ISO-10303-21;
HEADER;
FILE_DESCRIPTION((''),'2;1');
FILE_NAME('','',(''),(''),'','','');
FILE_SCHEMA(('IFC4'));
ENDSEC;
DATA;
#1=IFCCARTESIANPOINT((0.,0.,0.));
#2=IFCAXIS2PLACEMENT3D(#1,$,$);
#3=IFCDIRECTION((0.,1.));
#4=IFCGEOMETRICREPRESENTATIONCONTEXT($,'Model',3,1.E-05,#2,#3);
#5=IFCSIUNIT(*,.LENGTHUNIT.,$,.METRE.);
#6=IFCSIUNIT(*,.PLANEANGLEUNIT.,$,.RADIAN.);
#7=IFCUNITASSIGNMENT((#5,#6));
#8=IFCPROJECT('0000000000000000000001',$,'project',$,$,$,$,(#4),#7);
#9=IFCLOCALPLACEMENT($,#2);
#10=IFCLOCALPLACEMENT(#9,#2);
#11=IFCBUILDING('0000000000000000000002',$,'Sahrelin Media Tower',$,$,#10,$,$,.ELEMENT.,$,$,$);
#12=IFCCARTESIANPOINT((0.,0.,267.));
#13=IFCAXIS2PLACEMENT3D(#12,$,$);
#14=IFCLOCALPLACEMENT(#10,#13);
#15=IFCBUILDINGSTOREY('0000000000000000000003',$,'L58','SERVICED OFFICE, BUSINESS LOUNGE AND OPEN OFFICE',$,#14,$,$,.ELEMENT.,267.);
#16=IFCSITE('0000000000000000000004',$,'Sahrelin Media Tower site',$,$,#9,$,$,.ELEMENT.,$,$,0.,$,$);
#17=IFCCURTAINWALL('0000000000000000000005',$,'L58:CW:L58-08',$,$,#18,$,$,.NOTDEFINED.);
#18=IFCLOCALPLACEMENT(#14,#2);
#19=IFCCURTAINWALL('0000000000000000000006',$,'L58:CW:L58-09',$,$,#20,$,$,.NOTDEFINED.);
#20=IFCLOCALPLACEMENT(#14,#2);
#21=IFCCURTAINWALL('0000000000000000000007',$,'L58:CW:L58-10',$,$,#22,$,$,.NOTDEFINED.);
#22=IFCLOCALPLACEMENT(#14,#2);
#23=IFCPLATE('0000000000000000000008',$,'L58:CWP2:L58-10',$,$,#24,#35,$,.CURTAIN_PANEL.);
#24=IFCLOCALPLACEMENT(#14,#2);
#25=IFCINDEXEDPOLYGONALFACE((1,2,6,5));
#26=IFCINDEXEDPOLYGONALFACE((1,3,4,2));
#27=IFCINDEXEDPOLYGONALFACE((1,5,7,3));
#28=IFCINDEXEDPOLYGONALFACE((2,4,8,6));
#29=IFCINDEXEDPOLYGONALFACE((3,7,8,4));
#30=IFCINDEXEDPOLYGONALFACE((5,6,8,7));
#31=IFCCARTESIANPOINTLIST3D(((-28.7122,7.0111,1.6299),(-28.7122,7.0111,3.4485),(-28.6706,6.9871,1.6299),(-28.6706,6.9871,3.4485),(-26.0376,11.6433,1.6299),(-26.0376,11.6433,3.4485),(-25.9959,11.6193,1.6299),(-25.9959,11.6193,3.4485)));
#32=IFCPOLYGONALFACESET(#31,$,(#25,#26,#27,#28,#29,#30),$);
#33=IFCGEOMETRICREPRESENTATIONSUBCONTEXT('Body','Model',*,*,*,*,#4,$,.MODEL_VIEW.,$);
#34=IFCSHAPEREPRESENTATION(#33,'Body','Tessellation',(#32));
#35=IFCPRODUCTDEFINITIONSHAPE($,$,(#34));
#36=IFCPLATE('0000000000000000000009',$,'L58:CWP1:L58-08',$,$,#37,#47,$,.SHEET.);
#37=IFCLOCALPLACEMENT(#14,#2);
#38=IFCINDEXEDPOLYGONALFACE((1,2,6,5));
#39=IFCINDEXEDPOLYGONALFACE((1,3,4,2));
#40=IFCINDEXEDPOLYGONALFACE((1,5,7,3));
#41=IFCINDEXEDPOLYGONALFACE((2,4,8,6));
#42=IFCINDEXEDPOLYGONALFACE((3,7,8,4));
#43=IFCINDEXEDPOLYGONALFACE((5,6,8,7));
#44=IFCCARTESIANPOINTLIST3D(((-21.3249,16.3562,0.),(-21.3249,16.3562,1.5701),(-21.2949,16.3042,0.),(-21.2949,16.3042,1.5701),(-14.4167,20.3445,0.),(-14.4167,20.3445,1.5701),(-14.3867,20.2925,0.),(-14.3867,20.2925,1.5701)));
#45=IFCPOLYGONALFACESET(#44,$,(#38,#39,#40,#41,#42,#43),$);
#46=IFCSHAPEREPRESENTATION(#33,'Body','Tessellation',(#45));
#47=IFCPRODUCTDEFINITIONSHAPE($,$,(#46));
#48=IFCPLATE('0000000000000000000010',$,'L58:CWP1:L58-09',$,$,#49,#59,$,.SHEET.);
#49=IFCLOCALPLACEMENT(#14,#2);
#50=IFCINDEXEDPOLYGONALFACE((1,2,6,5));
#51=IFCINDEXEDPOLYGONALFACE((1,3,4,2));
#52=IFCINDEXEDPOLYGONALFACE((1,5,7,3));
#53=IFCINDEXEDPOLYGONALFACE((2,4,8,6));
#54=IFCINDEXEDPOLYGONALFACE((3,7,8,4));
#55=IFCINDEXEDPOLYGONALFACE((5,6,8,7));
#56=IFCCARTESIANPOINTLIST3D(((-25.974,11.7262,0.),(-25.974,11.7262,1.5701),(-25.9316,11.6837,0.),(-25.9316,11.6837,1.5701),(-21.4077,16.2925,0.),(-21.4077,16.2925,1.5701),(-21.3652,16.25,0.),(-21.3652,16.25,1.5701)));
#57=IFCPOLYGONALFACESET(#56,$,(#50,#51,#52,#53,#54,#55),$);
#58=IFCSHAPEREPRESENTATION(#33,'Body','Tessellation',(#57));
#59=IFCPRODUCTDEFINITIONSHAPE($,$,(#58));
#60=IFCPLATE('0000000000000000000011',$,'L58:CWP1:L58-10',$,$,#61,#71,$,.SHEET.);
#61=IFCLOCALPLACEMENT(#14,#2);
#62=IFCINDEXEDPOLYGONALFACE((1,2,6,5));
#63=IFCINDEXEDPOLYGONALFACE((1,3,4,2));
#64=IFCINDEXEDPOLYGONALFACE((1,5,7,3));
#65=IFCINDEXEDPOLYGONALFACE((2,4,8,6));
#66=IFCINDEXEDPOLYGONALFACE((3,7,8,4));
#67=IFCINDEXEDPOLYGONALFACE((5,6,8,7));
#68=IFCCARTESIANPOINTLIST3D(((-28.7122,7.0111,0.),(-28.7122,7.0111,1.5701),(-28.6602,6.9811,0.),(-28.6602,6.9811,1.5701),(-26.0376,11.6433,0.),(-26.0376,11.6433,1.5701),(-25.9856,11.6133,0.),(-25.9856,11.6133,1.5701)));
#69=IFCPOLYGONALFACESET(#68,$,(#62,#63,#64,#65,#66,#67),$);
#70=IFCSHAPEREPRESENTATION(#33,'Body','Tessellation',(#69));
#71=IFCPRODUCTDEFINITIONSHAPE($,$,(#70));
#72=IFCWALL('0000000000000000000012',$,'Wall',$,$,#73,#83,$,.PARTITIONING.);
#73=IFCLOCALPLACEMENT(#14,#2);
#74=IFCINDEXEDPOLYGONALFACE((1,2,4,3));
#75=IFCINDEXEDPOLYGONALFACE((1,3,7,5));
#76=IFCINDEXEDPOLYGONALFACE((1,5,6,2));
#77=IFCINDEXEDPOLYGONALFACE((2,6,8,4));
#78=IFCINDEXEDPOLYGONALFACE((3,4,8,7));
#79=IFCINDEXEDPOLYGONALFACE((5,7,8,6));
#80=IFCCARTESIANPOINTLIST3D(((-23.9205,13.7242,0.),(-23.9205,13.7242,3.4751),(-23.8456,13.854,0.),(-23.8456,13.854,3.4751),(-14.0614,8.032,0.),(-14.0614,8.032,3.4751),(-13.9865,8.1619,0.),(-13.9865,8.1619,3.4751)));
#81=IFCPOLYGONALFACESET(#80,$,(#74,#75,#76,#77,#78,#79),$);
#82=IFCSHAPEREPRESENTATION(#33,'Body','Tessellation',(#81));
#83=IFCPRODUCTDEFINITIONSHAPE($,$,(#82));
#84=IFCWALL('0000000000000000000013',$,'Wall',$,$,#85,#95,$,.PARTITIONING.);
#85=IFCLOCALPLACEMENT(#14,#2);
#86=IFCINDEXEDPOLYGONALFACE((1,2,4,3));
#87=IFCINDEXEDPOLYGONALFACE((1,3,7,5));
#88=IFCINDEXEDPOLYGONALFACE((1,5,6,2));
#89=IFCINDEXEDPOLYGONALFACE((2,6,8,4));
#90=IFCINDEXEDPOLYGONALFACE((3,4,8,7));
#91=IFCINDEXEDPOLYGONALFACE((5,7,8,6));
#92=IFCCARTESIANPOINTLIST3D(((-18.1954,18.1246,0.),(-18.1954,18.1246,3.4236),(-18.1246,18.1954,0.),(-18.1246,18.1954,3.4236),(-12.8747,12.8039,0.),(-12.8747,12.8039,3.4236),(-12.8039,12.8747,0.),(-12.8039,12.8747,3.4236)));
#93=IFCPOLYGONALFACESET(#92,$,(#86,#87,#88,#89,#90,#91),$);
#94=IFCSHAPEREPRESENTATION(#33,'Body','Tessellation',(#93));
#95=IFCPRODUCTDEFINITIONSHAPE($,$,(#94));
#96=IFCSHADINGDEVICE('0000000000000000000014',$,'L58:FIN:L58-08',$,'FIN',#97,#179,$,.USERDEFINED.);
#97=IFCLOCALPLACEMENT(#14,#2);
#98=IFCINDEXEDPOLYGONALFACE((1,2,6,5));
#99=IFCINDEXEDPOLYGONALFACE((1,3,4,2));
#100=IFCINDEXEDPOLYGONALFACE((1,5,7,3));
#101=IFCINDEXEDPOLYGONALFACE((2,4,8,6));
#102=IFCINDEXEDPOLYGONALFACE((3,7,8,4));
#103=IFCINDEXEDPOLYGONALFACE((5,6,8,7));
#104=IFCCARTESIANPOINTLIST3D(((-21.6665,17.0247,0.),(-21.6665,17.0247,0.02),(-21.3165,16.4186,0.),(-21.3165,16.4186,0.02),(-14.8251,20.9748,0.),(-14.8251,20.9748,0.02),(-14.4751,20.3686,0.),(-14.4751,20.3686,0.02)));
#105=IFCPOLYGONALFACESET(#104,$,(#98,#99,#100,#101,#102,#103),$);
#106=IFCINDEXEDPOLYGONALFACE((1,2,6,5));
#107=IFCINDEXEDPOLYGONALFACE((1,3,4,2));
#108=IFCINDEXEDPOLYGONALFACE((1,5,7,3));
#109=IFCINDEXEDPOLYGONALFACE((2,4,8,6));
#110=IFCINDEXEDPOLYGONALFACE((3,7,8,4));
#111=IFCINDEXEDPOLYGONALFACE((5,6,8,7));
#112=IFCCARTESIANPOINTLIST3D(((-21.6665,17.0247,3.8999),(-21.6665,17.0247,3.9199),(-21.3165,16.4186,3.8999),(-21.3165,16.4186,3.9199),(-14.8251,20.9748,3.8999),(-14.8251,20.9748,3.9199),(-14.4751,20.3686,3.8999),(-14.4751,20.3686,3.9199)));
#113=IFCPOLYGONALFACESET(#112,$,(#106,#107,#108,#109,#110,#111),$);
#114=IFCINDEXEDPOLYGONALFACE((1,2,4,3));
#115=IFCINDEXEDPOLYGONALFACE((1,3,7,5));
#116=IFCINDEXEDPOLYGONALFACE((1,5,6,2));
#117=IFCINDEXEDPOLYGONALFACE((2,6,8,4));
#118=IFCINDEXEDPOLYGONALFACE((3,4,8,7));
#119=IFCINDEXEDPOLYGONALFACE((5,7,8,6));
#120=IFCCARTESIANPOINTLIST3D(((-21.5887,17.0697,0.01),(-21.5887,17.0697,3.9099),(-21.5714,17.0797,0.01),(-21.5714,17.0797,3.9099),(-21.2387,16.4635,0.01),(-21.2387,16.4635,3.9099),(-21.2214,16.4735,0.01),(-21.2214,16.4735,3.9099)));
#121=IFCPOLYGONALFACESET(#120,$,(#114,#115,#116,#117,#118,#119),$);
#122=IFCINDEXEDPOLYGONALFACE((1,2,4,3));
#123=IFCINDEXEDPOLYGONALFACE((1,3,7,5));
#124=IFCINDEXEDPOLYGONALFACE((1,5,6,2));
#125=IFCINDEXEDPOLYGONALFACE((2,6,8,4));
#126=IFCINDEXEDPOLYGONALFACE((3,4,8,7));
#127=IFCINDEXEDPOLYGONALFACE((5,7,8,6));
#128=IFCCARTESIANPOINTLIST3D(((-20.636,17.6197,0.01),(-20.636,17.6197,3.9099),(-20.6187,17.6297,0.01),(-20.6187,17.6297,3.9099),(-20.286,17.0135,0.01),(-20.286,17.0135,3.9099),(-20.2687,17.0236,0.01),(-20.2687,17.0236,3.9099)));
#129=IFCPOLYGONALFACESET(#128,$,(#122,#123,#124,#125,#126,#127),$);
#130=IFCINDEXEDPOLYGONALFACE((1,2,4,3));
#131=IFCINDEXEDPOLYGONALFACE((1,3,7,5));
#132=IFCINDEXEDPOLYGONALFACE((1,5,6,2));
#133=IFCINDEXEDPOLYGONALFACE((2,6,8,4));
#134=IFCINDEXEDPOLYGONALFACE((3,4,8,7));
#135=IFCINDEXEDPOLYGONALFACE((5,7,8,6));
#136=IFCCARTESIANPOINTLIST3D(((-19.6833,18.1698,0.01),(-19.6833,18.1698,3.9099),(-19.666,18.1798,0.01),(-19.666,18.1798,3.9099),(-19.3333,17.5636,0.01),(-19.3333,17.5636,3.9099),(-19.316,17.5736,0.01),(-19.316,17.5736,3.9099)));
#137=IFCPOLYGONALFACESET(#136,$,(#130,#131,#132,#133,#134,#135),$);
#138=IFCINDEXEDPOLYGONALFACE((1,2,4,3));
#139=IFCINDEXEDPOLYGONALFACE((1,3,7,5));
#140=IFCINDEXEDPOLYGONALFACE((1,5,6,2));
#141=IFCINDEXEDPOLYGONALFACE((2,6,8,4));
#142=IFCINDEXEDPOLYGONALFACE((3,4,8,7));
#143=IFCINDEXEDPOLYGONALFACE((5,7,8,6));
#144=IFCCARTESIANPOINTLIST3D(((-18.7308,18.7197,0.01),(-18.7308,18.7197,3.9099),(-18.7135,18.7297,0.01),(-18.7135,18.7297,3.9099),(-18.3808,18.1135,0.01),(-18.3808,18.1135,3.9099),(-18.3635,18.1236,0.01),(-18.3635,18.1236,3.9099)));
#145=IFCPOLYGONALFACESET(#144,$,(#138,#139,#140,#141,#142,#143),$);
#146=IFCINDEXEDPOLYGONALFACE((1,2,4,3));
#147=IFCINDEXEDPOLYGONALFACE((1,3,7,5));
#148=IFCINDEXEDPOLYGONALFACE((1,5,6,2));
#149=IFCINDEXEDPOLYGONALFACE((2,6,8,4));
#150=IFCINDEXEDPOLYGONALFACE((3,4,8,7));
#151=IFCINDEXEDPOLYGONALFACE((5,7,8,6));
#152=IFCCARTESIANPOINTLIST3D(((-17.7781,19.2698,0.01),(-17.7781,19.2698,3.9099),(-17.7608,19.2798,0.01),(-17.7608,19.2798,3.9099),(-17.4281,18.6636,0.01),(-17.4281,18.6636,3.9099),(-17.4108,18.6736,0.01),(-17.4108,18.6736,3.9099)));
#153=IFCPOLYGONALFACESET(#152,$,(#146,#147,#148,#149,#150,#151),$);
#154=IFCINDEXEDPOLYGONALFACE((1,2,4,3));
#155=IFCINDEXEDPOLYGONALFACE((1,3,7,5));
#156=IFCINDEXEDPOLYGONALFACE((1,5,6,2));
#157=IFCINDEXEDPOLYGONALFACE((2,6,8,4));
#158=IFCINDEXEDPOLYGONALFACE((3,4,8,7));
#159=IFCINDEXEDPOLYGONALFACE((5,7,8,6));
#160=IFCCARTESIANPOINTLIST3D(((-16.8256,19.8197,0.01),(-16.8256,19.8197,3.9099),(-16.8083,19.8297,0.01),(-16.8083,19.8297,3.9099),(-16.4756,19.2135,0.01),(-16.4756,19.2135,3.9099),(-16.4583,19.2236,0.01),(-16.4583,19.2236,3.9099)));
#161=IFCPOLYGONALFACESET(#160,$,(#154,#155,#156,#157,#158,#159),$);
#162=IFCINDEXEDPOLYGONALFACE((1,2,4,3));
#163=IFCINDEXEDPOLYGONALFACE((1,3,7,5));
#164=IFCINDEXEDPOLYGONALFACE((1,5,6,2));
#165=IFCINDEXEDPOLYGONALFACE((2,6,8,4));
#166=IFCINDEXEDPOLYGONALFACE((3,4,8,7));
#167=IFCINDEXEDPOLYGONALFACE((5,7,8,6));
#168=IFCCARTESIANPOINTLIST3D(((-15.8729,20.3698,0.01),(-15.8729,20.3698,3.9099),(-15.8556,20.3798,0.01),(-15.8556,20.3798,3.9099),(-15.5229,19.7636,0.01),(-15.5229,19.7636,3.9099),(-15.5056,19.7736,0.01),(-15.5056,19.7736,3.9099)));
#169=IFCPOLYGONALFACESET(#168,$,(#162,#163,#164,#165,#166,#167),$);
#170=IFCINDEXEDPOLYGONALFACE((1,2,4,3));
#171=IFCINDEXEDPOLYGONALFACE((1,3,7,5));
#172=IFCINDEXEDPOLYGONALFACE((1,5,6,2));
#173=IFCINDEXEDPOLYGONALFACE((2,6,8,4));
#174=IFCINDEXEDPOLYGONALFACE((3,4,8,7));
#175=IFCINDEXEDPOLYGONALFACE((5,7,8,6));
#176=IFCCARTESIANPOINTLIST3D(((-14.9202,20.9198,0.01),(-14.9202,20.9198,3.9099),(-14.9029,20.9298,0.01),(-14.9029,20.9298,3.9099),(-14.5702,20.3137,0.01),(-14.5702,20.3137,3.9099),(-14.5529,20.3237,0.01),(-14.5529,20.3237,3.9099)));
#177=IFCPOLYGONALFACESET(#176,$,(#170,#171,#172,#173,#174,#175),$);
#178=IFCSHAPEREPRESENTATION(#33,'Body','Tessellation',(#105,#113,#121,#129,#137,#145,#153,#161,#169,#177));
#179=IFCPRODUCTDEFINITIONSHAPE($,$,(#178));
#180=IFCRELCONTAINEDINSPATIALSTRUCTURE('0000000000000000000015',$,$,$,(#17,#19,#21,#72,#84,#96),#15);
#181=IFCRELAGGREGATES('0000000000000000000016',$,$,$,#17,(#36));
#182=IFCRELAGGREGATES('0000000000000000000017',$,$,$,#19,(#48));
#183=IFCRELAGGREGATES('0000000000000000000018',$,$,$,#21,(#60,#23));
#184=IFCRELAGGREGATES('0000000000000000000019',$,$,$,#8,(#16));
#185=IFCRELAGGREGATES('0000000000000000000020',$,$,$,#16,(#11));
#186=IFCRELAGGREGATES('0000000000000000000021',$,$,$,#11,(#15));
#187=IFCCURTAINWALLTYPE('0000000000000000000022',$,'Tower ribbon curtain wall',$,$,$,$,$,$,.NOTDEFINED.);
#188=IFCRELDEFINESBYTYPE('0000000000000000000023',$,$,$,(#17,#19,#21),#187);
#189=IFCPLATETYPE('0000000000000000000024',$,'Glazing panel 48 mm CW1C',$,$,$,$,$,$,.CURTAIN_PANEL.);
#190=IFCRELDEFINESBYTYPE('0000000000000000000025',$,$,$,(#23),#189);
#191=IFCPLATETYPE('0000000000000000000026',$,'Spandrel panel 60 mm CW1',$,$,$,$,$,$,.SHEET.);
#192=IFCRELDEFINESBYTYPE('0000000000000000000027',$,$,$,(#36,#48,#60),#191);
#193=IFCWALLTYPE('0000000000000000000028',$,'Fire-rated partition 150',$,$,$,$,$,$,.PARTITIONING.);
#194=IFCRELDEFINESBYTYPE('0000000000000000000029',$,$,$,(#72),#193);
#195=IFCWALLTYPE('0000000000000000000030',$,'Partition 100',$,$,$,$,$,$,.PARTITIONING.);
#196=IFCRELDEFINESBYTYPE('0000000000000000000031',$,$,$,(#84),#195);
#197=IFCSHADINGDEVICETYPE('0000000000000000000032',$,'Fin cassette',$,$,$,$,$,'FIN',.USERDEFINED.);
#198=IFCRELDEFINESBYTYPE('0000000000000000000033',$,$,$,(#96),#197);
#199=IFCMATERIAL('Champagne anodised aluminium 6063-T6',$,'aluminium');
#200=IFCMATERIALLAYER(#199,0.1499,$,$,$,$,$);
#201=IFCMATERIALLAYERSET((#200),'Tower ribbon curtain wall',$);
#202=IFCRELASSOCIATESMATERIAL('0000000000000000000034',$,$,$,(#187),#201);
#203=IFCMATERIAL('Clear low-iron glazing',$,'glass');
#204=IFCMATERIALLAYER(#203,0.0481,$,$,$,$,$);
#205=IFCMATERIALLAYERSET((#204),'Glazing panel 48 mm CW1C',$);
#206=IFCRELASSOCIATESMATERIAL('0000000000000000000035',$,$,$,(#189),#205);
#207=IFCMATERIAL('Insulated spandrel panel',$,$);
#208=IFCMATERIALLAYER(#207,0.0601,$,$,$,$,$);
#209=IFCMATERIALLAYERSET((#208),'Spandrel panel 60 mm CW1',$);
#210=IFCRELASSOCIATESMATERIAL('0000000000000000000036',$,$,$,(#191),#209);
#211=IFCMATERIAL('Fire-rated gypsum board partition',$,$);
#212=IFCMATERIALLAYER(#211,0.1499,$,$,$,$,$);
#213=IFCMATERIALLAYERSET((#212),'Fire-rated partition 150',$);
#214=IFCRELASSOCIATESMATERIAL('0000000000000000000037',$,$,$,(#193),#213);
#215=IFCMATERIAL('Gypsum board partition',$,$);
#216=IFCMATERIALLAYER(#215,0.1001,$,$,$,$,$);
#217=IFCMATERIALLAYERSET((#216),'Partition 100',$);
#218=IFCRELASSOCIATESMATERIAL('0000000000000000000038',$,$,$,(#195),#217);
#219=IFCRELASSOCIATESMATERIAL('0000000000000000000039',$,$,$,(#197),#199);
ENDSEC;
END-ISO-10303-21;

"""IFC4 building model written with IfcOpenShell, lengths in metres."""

from ifc_helpers import new_model, si_unit, direction, frame, frame_2d, origin, origin_2d, place, context, subcontext, project, spatial, polyline, rectangle, outline, extrude, material, layer, layer_set, type_object, element, aggregate, save


model = new_model("IFC4")

# Units and contexts
model_context = context("Model", 3, precision=1e-05, world=origin(), true_north=direction((0.0, 1.0)))
body_context = subcontext(model_context, "Body", "Model", "MODEL_VIEW")
ifc_project = project(units=[si_unit("LENGTHUNIT", "METRE"), si_unit("PLANEANGLEUNIT", "RADIAN")], contexts=[model_context])

# Site, building, storey
site_placement = place(None, origin())
site = spatial("IfcSite", under=ifc_project, at=site_placement, Name="Sahrelin Media Tower site", CompositionType="ELEMENT", RefElevation=0.0)
building_placement = place(site_placement, origin())
building = spatial("IfcBuilding", under=site, at=building_placement, Name="Sahrelin Media Tower", CompositionType="ELEMENT")
storey_placement = place(building_placement, frame((0.0, 0.0, 267.0)))
storey = spatial("IfcBuildingStorey", under=building, at=storey_placement, Name="L58", Description="SERVICED OFFICE, BUSINESS LOUNGE AND OPEN OFFICE", CompositionType="ELEMENT", Elevation=267.0)

# Curtain walls
ifc_material_1 = material(Name="Champagne anodised aluminium 6063-T6", Category="aluminium")
ifc_layer_1 = layer(ifc_material_1, 0.1499)
ifc_layer_set_1 = layer_set([ifc_layer_1], Name="Tower ribbon curtain wall")
curtain_wall_type = type_object("IfcCurtainWallType", Name="Tower ribbon curtain wall", PredefinedType="NOTDEFINED", material=ifc_layer_set_1)
curtain_wall_1_placement = place(storey_placement, frame((-17.8608, 18.333, 0.0), z_axis=(0.0, 0.0, 1.0), x_axis=(1.0, 0.0, 0.0)))
curtain_wall_1 = element("IfcCurtainWall", 1, at=curtain_wall_1_placement, inside=storey, type_object=curtain_wall_type, Name="L58:CW:L58-08", PredefinedType="NOTDEFINED")
curtain_wall_2_placement = place(storey_placement, frame((-23.6768, 13.9951, 0.0), z_axis=(0.0, 0.0, 1.0), x_axis=(1.0, 0.0, 0.0)))
curtain_wall_2 = element("IfcCurtainWall", 2, at=curtain_wall_2_placement, inside=storey, type_object=curtain_wall_type, Name="L58:CW:L58-09", PredefinedType="NOTDEFINED")

# Curtain wall
curtain_wall_3_placement = place(storey_placement, frame((-27.3577, 9.3171, 0.0), z_axis=(0.0, 0.0, 1.0), x_axis=(1.0, 0.0, 0.0)))
curtain_wall_3 = element("IfcCurtainWall", 3, at=curtain_wall_3_placement, inside=storey, type_object=curtain_wall_type, Name="L58:CW:L58-10", PredefinedType="NOTDEFINED")

# Plates
ifc_material_2 = material(Name="Clear low-iron glazing", Category="glass")
ifc_layer_2 = layer(ifc_material_2, 0.0481)
ifc_layer_set_2 = layer_set([ifc_layer_2], Name="Glazing panel 48 mm CW1C")
plate_type_1 = type_object("IfcPlateType", Name="Glazing panel 48 mm CW1C", PredefinedType="CURTAIN_PANEL", material=ifc_layer_set_2)
plate_1_placement = place(storey_placement, frame((-26.0376, 11.6433, 1.6299), z_axis=(-0.866007, 0.500032, 0.0), x_axis=(-0.500032, -0.866007, 0.0)))
plate_1 = element("IfcPlate", 4, at=plate_1_placement, type_object=plate_type_1, Name="L58:CWP2:L58-10", PredefinedType="CURTAIN_PANEL", context=body_context, shape_type="SweptSolid", body=[
    extrude(outline(polyline([(0.0, 0.0), (5.3489, 0.0), (5.3489, 1.8186), (0.0, 1.8186), (0.0, 0.0)])), origin(), (0.0, 0.0, -1.0), 0.0481),
])
ifc_material_3 = material(Name="Insulated spandrel panel")
ifc_layer_3 = layer(ifc_material_3, 0.0601)
ifc_layer_set_3 = layer_set([ifc_layer_3], Name="Spandrel panel 60 mm CW1")
plate_type_2 = type_object("IfcPlateType", Name="Spandrel panel 60 mm CW1", PredefinedType="SHEET", material=ifc_layer_set_3)
plate_2_placement = place(storey_placement, frame((-14.4167, 20.3445, 0.0), z_axis=(-0.499984, 0.866035, 0.0), x_axis=(-0.866035, -0.499984, 0.0)))
plate_2 = element("IfcPlate", 5, at=plate_2_placement, type_object=plate_type_2, Name="L58:CWP1:L58-08", PredefinedType="SHEET", context=body_context, shape_type="SweptSolid", body=[
    extrude(outline(polyline([(0.0, 0.0), (7.9768, 0.0), (7.9768, 1.5701), (0.0, 1.5701), (0.0, 0.0)])), origin(), (0.0, 0.0, -1.0), 0.0601),
])
aggregate(curtain_wall_1, [plate_2])
plate_3_placement = place(storey_placement, frame((-21.4077, 16.2925, 0.0), z_axis=(-0.707107, 0.707107, 0.0), x_axis=(-0.707107, -0.707107, 0.0)))
plate_3 = element("IfcPlate", 6, at=plate_3_placement, type_object=plate_type_2, Name="L58:CWP1:L58-09", PredefinedType="SHEET", context=body_context, shape_type="SweptSolid", body=[
    extrude(outline(polyline([(0.0, 0.0), (6.4578, 0.0), (6.4578, 1.5701), (0.0, 1.5701), (0.0, 0.0)])), origin(), (0.0, 0.0, -1.0), 0.0601),
])
aggregate(curtain_wall_2, [plate_3])
plate_4_placement = place(storey_placement, frame((-26.0376, 11.6433, 0.0), z_axis=(-0.866007, 0.500032, 0.0), x_axis=(-0.500032, -0.866007, 0.0)))
plate_4 = element("IfcPlate", 7, at=plate_4_placement, type_object=plate_type_2, Name="L58:CWP1:L58-10", PredefinedType="SHEET", context=body_context, shape_type="SweptSolid", body=[
    extrude(outline(polyline([(0.0, 0.0), (5.3489, 0.0), (5.3489, 1.5701), (0.0, 1.5701), (0.0, 0.0)])), origin(), (0.0, 0.0, -1.0), 0.0601),
])
aggregate(curtain_wall_3, [plate_4, plate_1])

# Walls
ifc_material_4 = material(Name="Fire-rated gypsum board partition")
ifc_layer_4 = layer(ifc_material_4, 0.1499)
ifc_layer_set_4 = layer_set([ifc_layer_4], Name="Fire-rated partition 150")
wall_type_1 = type_object("IfcWallType", Name="Fire-rated partition 150", PredefinedType="PARTITIONING", material=ifc_layer_set_4)
wall_1_placement = place(storey_placement, frame((-23.8831, 13.7891, 0.0), z_axis=(0.0, 0.0, 1.0), x_axis=(0.866027, -0.499998, 0.0)))
element("IfcWall", 8, at=wall_1_placement, inside=storey, type_object=wall_type_1, Name="Wall", PredefinedType="PARTITIONING", context=body_context, shape_type="SweptSolid", body=[
    extrude(rectangle(XDim=11.3843, YDim=0.1499, at=frame_2d((5.6921, 0.0))), origin(), (0.0, 0.0, 1.0), 3.4751),
])
ifc_material_5 = material(Name="Gypsum board partition")
ifc_layer_5 = layer(ifc_material_5, 0.1001)
ifc_layer_set_5 = layer_set([ifc_layer_5], Name="Partition 100")
wall_type_2 = type_object("IfcWallType", Name="Partition 100", PredefinedType="PARTITIONING", material=ifc_layer_set_5)
wall_2_placement = place(storey_placement, frame((-18.1599, 18.1599, 0.0), z_axis=(0.0, 0.0, 1.0), x_axis=(0.707107, -0.707107, 0.0)))
element("IfcWall", 9, at=wall_2_placement, inside=storey, type_object=wall_type_2, Name="Wall", PredefinedType="PARTITIONING", context=body_context, shape_type="SweptSolid", body=[
    extrude(rectangle(XDim=7.5247, YDim=0.1001, at=frame_2d((3.7622, 0.0))), origin(), (0.0, 0.0, 1.0), 3.4236),
])

# Shading device
shading_device_type_1 = type_object("IfcShadingDeviceType", Name="Fin cassette", ElementType="FIN", PredefinedType="USERDEFINED", material=ifc_material_1)
placement_1 = place(storey_placement, frame((-17.8608, 18.333, 0.0), z_axis=(0.0, 0.0, 1.0), x_axis=(0.866019, 0.500011, 0.0)))
element("IfcShadingDevice", 10, at=placement_1, inside=storey, type_object=shading_device_type_1, Name="L58:FIN:L58-08", ObjectType="FIN", PredefinedType="USERDEFINED", context=body_context, shape_type="SweptSolid", body=[
    extrude(rectangle(XDim=7.8999, YDim=0.7, at=origin_2d()), frame((0.0, 0.4199, 0.0)), (0.0, 0.0, 1.0), 0.02),
    extrude(rectangle(XDim=7.8999, YDim=0.7, at=origin_2d()), frame((0.0, 0.4199, 3.8999)), (0.0, 0.0, 1.0), 0.02),
    extrude(rectangle(XDim=0.02, YDim=0.7, at=origin_2d()), frame((-3.8501, 0.4199, 0.01), z_axis=(0.0, 0.0, 1.0), x_axis=(1.0, 0.0, 0.0)), (0.0, 0.0, 1.0), 3.8999),
    extrude(rectangle(XDim=0.02, YDim=0.7, at=origin_2d()), frame((-2.75, 0.4199, 0.01), z_axis=(0.0, 0.0, 1.0), x_axis=(1.0, 0.0, 0.0)), (0.0, 0.0, 1.0), 3.8999),
    extrude(rectangle(XDim=0.02, YDim=0.7, at=origin_2d()), frame((-1.6499, 0.4199, 0.01), z_axis=(0.0, 0.0, 1.0), x_axis=(1.0, 0.0, 0.0)), (0.0, 0.0, 1.0), 3.8999),
    extrude(rectangle(XDim=0.02, YDim=0.7, at=origin_2d()), frame((-0.55, 0.4199, 0.01), z_axis=(0.0, 0.0, 1.0), x_axis=(1.0, 0.0, 0.0)), (0.0, 0.0, 1.0), 3.8999),
    extrude(rectangle(XDim=0.02, YDim=0.7, at=origin_2d()), frame((0.55, 0.4199, 0.01), z_axis=(0.0, 0.0, 1.0), x_axis=(1.0, 0.0, 0.0)), (0.0, 0.0, 1.0), 3.8999),
    extrude(rectangle(XDim=0.02, YDim=0.7, at=origin_2d()), frame((1.6499, 0.4199, 0.01), z_axis=(0.0, 0.0, 1.0), x_axis=(1.0, 0.0, 0.0)), (0.0, 0.0, 1.0), 3.8999),
    extrude(rectangle(XDim=0.02, YDim=0.7, at=origin_2d()), frame((2.75, 0.4199, 0.01), z_axis=(0.0, 0.0, 1.0), x_axis=(1.0, 0.0, 0.0)), (0.0, 0.0, 1.0), 3.8999),
    extrude(rectangle(XDim=0.02, YDim=0.7, at=origin_2d()), frame((3.8501, 0.4199, 0.01), z_axis=(0.0, 0.0, 1.0), x_axis=(1.0, 0.0, 0.0)), (0.0, 0.0, 1.0), 3.8999),
])

save(model, "model.ifc")
